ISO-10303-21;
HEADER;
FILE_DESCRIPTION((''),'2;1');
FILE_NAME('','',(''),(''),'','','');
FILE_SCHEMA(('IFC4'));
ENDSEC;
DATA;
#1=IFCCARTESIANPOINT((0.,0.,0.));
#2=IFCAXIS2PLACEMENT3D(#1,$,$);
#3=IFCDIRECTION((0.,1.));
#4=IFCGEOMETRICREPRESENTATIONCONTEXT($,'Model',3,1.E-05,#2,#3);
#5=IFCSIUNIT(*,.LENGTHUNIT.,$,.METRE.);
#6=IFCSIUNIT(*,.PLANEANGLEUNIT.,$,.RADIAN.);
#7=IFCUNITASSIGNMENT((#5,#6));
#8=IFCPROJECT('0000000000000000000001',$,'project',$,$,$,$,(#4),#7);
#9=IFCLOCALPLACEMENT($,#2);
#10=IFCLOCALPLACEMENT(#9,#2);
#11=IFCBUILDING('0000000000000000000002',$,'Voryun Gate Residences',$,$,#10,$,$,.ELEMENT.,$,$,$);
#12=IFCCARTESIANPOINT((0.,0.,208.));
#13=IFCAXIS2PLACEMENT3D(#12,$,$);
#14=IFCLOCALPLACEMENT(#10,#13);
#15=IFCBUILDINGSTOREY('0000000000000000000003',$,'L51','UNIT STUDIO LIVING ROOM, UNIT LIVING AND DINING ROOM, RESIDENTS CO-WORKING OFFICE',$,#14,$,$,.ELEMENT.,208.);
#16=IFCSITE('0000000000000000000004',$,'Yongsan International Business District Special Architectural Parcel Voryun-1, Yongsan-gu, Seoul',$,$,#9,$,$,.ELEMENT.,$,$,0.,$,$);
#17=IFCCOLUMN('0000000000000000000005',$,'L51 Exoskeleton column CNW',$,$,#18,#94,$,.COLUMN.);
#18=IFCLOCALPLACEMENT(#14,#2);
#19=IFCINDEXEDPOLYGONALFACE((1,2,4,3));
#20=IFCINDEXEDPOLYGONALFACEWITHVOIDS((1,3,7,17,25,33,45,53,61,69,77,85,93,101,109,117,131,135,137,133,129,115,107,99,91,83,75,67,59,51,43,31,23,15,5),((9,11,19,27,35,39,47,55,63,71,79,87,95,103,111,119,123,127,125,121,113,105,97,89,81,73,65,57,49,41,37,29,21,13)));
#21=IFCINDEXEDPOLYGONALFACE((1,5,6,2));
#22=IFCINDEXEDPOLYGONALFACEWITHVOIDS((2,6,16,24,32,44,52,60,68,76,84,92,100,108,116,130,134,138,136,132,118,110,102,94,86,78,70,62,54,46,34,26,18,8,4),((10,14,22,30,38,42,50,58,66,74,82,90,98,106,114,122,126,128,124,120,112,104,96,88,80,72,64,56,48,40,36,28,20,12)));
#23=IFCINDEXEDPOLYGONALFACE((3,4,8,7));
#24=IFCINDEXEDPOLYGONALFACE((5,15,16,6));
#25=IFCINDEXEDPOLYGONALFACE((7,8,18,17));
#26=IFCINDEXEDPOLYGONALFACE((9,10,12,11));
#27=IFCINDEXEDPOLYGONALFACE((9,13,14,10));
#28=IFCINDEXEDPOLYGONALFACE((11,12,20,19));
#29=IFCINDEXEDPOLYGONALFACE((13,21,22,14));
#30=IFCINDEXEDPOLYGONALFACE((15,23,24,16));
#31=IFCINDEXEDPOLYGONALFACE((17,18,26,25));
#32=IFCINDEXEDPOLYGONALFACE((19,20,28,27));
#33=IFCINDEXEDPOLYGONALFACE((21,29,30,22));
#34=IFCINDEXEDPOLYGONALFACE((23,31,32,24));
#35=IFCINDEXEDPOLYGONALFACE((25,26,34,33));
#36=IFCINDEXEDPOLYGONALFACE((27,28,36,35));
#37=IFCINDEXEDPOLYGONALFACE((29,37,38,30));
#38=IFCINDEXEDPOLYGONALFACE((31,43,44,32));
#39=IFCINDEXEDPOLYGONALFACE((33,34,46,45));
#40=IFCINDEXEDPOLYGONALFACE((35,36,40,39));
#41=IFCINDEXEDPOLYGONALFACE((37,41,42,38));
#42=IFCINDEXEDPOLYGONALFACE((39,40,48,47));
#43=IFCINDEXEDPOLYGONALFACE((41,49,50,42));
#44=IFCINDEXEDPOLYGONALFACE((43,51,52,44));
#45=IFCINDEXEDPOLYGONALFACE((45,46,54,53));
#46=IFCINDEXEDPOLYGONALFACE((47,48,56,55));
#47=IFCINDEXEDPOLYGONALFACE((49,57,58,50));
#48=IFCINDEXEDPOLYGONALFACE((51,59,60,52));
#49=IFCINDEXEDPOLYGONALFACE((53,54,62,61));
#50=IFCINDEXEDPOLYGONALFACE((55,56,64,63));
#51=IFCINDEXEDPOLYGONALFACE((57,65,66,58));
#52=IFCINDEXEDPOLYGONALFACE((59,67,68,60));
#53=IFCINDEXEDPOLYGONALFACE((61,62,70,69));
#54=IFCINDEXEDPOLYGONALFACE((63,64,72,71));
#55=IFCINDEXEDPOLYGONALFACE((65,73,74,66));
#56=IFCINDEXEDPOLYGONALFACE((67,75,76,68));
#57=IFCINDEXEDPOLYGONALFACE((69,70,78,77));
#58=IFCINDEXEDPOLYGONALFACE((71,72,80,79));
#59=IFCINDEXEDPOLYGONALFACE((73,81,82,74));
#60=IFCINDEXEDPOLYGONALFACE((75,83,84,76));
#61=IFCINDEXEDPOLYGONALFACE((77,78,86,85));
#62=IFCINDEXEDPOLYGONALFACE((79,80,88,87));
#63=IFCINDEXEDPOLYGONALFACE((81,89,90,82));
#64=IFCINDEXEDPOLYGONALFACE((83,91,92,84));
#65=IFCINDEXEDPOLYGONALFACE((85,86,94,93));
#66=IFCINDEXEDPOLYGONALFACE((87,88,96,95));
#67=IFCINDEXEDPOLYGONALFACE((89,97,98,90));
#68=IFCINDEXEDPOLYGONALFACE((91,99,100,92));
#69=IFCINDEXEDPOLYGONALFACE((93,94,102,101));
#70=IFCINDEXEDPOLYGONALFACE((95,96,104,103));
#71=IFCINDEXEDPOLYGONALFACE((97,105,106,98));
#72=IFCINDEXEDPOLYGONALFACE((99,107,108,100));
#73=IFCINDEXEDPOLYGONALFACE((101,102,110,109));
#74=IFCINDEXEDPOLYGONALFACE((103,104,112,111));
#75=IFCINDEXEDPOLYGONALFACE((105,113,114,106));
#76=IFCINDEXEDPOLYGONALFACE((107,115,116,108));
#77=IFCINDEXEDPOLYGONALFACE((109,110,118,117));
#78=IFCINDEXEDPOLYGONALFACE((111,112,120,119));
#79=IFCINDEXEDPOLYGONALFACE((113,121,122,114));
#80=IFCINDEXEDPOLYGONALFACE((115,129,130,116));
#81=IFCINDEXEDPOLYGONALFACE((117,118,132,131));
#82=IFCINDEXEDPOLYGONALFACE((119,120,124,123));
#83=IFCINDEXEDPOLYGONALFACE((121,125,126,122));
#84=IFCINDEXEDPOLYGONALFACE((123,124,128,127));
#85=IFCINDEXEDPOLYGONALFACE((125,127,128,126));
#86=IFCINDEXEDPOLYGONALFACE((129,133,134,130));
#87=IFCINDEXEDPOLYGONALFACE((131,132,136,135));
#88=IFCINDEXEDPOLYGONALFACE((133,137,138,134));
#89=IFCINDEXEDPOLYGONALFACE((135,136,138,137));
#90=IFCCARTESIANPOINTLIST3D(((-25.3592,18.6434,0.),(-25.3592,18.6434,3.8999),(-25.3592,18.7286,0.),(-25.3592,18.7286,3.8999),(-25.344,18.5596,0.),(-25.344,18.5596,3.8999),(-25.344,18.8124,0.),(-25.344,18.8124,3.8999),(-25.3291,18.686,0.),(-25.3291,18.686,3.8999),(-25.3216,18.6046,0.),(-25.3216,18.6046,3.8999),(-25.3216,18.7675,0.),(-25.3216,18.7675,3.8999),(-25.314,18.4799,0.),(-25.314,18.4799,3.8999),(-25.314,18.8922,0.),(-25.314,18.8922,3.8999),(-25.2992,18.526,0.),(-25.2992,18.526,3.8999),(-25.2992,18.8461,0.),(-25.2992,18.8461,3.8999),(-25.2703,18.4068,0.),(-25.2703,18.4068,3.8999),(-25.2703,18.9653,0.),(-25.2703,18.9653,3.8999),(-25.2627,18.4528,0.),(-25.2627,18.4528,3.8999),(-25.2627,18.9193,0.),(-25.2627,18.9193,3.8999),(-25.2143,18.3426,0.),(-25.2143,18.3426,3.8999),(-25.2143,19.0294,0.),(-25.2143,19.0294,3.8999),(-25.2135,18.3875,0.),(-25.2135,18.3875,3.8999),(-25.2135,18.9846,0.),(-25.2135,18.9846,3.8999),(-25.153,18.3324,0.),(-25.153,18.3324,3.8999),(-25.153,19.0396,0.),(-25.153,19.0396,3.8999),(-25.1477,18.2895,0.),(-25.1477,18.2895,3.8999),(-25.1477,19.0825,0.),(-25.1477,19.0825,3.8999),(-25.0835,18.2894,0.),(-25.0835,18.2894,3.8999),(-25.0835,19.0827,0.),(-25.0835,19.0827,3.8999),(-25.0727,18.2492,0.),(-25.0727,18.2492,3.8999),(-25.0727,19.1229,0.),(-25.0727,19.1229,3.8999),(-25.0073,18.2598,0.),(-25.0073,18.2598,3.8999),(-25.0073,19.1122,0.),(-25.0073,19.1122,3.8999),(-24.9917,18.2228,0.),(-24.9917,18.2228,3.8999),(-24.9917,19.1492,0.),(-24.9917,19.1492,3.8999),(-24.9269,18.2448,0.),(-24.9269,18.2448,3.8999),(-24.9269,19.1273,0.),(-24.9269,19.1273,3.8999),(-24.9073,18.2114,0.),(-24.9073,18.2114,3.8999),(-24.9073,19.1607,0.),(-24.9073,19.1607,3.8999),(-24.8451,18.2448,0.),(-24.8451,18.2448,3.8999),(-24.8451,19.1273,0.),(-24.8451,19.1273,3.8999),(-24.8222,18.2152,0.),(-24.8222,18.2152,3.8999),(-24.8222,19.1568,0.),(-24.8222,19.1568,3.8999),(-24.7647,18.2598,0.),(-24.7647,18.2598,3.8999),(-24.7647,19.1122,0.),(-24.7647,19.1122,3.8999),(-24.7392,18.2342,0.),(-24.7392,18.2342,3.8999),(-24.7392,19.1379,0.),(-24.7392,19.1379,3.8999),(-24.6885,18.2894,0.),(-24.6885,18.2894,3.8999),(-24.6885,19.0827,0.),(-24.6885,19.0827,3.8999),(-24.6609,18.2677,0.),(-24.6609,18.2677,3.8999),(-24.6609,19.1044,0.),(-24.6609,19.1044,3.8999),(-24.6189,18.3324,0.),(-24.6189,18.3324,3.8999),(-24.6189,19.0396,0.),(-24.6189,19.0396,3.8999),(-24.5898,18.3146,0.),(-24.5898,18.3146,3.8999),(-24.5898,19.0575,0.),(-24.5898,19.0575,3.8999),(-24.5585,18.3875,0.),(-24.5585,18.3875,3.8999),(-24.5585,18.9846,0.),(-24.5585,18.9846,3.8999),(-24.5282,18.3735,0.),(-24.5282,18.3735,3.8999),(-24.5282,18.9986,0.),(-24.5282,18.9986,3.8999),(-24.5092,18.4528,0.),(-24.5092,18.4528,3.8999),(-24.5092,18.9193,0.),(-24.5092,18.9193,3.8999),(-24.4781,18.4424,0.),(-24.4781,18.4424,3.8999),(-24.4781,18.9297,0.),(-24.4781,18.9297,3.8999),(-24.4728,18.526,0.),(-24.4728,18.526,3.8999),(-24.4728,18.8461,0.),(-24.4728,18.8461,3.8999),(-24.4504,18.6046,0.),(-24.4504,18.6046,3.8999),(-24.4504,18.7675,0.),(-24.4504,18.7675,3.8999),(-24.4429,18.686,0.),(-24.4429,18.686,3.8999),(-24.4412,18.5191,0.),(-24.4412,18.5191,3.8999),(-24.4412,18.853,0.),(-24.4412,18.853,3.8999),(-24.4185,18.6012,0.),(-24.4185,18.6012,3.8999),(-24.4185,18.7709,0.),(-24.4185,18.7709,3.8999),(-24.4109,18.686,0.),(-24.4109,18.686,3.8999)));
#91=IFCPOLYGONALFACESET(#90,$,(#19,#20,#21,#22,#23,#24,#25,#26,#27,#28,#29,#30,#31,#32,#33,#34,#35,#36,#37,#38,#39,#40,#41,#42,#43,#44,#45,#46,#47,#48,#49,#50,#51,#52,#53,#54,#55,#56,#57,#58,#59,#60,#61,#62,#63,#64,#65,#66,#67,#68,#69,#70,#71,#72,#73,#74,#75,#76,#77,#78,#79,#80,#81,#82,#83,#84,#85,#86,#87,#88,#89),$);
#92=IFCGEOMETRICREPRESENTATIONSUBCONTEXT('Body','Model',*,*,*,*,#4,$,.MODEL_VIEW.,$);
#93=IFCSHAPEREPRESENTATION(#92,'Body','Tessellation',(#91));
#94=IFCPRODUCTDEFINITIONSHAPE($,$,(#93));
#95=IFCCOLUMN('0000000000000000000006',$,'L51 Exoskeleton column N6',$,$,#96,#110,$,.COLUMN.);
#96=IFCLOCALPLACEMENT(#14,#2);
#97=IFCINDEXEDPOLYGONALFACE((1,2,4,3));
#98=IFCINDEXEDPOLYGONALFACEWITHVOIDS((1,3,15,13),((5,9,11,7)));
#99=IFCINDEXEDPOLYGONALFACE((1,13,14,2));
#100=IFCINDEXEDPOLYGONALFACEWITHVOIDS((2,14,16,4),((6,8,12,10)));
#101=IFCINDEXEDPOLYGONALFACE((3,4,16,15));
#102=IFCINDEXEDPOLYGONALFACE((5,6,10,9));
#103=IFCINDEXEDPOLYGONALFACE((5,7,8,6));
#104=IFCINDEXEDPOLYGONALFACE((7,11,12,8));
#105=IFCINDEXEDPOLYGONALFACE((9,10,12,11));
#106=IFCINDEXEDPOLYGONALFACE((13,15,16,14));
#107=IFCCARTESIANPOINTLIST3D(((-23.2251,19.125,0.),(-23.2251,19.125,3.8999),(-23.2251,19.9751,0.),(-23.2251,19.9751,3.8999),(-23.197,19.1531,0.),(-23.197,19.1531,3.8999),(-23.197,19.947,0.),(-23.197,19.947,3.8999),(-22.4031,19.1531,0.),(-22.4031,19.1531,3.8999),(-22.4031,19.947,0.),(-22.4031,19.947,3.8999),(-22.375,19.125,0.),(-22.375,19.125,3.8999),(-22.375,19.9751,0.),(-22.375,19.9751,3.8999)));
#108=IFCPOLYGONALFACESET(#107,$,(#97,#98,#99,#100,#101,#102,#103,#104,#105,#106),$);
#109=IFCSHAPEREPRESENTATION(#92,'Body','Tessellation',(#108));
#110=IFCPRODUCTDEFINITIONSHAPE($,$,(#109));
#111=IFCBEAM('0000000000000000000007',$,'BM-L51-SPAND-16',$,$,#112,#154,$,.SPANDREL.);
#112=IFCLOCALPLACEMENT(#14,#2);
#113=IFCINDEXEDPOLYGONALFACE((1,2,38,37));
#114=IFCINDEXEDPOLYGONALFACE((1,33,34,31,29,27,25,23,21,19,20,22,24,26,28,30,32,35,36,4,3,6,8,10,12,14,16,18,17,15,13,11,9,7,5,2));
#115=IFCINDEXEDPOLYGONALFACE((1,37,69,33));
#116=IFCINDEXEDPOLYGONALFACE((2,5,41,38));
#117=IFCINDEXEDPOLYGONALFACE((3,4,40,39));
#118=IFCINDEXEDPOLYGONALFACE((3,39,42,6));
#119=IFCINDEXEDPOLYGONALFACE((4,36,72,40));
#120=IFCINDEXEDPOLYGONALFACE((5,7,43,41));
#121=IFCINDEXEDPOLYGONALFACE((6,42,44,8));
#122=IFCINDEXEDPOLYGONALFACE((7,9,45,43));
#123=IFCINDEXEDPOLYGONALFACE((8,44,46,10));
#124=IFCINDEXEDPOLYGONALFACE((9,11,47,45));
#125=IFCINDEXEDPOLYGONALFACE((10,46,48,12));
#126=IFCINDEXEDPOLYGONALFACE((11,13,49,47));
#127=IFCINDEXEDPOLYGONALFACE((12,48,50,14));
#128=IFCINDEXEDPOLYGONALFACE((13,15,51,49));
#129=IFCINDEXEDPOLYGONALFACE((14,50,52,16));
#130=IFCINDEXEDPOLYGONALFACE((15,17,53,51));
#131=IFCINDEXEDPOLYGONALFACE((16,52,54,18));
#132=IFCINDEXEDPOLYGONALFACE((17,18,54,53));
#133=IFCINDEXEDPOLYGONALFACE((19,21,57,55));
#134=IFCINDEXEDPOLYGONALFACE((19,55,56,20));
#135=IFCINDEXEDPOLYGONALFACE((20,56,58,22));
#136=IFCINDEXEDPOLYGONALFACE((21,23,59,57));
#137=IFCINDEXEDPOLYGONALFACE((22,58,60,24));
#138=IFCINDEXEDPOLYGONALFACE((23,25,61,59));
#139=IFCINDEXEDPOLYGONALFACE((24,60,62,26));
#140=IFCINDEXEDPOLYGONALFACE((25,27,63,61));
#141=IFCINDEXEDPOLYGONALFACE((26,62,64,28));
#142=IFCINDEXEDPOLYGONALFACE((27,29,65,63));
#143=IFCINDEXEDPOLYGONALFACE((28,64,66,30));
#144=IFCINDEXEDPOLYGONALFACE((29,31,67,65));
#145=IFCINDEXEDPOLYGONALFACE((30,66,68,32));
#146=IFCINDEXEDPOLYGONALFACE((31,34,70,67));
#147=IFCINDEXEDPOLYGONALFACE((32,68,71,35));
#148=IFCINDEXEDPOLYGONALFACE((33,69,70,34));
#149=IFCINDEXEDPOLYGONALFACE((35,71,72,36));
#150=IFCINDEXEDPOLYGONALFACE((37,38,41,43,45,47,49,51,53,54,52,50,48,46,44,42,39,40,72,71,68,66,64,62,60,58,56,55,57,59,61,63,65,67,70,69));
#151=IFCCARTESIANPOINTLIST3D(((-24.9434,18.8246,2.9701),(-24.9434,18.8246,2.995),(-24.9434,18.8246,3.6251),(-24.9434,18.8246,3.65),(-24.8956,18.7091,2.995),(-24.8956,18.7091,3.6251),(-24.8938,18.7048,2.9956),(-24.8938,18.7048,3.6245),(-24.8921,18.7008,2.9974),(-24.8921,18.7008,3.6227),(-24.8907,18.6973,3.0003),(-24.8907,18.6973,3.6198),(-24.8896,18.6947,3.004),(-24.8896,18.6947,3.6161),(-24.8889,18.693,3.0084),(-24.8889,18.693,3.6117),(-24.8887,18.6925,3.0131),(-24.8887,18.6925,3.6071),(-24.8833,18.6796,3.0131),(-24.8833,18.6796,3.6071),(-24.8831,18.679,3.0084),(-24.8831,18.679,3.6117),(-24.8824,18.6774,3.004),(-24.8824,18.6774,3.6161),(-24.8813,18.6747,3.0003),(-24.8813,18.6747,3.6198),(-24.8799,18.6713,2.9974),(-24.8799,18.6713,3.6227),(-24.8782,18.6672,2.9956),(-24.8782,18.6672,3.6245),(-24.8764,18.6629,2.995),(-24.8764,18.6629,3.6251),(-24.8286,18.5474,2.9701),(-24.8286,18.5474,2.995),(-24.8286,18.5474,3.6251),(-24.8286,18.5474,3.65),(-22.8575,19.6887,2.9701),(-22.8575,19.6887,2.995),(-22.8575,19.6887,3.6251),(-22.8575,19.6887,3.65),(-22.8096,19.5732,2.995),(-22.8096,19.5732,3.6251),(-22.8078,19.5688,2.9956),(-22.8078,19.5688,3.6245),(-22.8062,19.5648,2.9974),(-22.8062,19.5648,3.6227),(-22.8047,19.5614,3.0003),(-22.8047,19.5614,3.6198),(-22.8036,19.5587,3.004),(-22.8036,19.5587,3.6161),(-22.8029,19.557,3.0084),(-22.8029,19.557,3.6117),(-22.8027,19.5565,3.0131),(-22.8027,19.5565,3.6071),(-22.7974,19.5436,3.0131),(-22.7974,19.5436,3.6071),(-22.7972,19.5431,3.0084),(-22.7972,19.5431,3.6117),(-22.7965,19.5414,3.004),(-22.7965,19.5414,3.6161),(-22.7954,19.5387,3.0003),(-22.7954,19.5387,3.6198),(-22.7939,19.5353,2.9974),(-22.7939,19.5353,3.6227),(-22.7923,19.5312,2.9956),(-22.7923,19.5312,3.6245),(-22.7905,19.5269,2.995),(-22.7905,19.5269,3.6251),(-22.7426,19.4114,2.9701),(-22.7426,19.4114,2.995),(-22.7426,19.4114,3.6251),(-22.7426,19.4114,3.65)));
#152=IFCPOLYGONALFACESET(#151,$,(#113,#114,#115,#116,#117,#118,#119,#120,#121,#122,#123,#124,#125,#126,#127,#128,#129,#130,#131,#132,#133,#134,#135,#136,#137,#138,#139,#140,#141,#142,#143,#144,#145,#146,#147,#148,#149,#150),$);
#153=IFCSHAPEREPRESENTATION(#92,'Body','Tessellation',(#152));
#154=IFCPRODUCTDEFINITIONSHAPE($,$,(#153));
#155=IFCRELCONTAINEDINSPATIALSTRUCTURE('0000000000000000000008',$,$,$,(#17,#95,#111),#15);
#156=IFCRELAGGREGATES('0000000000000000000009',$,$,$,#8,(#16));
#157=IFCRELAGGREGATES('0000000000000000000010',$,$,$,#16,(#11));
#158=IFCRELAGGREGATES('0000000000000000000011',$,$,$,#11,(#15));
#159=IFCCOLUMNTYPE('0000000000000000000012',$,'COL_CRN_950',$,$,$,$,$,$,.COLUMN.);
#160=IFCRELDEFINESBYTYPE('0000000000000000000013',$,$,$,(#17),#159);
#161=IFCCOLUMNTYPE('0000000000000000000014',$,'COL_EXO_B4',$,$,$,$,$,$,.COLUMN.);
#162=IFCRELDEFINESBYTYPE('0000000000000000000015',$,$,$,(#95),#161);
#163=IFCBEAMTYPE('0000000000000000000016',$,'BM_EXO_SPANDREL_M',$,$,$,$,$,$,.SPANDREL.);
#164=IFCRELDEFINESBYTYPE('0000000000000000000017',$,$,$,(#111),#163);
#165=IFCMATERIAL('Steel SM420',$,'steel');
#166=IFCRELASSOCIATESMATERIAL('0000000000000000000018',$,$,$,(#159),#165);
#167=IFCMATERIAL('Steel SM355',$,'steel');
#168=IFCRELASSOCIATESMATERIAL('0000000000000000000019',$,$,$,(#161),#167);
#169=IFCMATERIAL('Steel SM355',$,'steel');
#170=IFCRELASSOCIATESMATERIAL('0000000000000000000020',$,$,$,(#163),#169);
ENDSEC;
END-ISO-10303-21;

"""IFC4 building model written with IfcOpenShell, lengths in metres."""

from ifc_helpers import new_model, si_unit, direction, frame, origin, origin_2d, place, context, subcontext, project, spatial, hollow_rectangle, hollow_circle, i_section, extrude, material, material_profile, profile_set, type_object, element, save


model = new_model("IFC4")

# Units and contexts
model_context = context("Model", 3, precision=1e-05, world=origin(), true_north=direction((0.0, 1.0)))
body_context = subcontext(model_context, "Body", "Model", "MODEL_VIEW")
ifc_project = project(units=[si_unit("LENGTHUNIT", "METRE"), si_unit("PLANEANGLEUNIT", "RADIAN")], contexts=[model_context])

# Site, building, storey
site_placement = place(None, origin())
site = spatial("IfcSite", under=ifc_project, at=site_placement, Name="Yongsan International Business District Special Architectural Parcel Voryun-1, Yongsan-gu, Seoul", CompositionType="ELEMENT", RefElevation=0.0)
building_placement = place(site_placement, origin())
building = spatial("IfcBuilding", under=site, at=building_placement, Name="Voryun Gate Residences", CompositionType="ELEMENT")
storey_placement = place(building_placement, frame((0.0, 0.0, 208.0)))
storey = spatial("IfcBuildingStorey", under=building, at=storey_placement, Name="L51", Description="UNIT STUDIO LIVING ROOM, UNIT LIVING AND DINING ROOM, RESIDENTS CO-WORKING OFFICE", CompositionType="ELEMENT", Elevation=208.0)

# Columns
ifc_material_1 = material(Name="Steel SM420", Category="steel")
ifc_material_profile_1 = material_profile(ifc_material_1, hollow_circle(Radius=0.4751, WallThickness=0.032, at=origin_2d()), Name="CHS-950x32")
ifc_profile_set_1 = profile_set([ifc_material_profile_1], Name="Steel SM420")
column_type_1 = type_object("IfcColumnType", Name="COL_CRN_950", PredefinedType="COLUMN", material=ifc_profile_set_1)
column_1_placement = place(storey_placement, frame((-24.886, 18.686, 0.0), z_axis=(0.0, 0.0, 1.0), x_axis=(1.0, 0.0, 0.0)))
element("IfcColumn", 1, at=column_1_placement, inside=storey, type_object=column_type_1, Name="L51 Exoskeleton column CNW", PredefinedType="COLUMN", context=body_context, shape_type="SweptSolid", body=[
    extrude(hollow_circle(Radius=0.4751, WallThickness=0.032, at=origin_2d()), origin(), (0.0, 0.0, 1.0), 3.8999),
])
ifc_material_2 = material(Name="Steel SM355", Category="steel")
ifc_material_profile_2 = material_profile(ifc_material_2, hollow_rectangle(XDim=0.8501, YDim=0.8501, WallThickness=0.0281, at=origin_2d()), Name="BOX-850x850x28")
ifc_profile_set_2 = profile_set([ifc_material_profile_2], Name="Steel SM355")
column_type_2 = type_object("IfcColumnType", Name="COL_EXO_B4", PredefinedType="COLUMN", material=ifc_profile_set_2)
column_2_placement = place(storey_placement, frame((-22.8, 19.55, 0.0), z_axis=(0.0, 0.0, 1.0), x_axis=(1.0, 0.0, 0.0)))
element("IfcColumn", 2, at=column_2_placement, inside=storey, type_object=column_type_2, Name="L51 Exoskeleton column N6", PredefinedType="COLUMN", context=body_context, shape_type="SweptSolid", body=[
    extrude(hollow_rectangle(XDim=0.8501, YDim=0.8501, WallThickness=0.0281, at=origin_2d()), origin(), (0.0, 0.0, 1.0), 3.8999),
])

# Beam
ifc_material_3 = material(Name="Steel SM355", Category="steel")
ifc_material_profile_3 = material_profile(ifc_material_3, i_section(OverallWidth=0.3, OverallDepth=0.6799, WebThickness=0.0139, FlangeThickness=0.0249, FilletRadius=0.0181, at=origin_2d()), Name="H-680x300x14x25")
ifc_profile_set_3 = profile_set([ifc_material_profile_3], Name="Steel SM355")
beam_type = type_object("IfcBeamType", Name="BM_EXO_SPANDREL_M", PredefinedType="SPANDREL", material=ifc_profile_set_3)
beam_1_placement = place(storey_placement, frame((-22.8, 19.55, 3.3101), z_axis=(-0.923881, -0.38268, 0.0), x_axis=(0.38268, -0.923881, 0.0)))
element("IfcBeam", 3, at=beam_1_placement, inside=storey, type_object=beam_type, Name="BM-L51-SPAND-16", PredefinedType="SPANDREL", context=body_context, shape_type="SweptSolid", body=[
    extrude(i_section(OverallWidth=0.3, OverallDepth=0.6799, WebThickness=0.0139, FlangeThickness=0.0249, FilletRadius=0.0181, at=origin_2d()), origin(), (0.0, 0.0, 1.0), 2.2578),
])

save(model, "model.ifc")
